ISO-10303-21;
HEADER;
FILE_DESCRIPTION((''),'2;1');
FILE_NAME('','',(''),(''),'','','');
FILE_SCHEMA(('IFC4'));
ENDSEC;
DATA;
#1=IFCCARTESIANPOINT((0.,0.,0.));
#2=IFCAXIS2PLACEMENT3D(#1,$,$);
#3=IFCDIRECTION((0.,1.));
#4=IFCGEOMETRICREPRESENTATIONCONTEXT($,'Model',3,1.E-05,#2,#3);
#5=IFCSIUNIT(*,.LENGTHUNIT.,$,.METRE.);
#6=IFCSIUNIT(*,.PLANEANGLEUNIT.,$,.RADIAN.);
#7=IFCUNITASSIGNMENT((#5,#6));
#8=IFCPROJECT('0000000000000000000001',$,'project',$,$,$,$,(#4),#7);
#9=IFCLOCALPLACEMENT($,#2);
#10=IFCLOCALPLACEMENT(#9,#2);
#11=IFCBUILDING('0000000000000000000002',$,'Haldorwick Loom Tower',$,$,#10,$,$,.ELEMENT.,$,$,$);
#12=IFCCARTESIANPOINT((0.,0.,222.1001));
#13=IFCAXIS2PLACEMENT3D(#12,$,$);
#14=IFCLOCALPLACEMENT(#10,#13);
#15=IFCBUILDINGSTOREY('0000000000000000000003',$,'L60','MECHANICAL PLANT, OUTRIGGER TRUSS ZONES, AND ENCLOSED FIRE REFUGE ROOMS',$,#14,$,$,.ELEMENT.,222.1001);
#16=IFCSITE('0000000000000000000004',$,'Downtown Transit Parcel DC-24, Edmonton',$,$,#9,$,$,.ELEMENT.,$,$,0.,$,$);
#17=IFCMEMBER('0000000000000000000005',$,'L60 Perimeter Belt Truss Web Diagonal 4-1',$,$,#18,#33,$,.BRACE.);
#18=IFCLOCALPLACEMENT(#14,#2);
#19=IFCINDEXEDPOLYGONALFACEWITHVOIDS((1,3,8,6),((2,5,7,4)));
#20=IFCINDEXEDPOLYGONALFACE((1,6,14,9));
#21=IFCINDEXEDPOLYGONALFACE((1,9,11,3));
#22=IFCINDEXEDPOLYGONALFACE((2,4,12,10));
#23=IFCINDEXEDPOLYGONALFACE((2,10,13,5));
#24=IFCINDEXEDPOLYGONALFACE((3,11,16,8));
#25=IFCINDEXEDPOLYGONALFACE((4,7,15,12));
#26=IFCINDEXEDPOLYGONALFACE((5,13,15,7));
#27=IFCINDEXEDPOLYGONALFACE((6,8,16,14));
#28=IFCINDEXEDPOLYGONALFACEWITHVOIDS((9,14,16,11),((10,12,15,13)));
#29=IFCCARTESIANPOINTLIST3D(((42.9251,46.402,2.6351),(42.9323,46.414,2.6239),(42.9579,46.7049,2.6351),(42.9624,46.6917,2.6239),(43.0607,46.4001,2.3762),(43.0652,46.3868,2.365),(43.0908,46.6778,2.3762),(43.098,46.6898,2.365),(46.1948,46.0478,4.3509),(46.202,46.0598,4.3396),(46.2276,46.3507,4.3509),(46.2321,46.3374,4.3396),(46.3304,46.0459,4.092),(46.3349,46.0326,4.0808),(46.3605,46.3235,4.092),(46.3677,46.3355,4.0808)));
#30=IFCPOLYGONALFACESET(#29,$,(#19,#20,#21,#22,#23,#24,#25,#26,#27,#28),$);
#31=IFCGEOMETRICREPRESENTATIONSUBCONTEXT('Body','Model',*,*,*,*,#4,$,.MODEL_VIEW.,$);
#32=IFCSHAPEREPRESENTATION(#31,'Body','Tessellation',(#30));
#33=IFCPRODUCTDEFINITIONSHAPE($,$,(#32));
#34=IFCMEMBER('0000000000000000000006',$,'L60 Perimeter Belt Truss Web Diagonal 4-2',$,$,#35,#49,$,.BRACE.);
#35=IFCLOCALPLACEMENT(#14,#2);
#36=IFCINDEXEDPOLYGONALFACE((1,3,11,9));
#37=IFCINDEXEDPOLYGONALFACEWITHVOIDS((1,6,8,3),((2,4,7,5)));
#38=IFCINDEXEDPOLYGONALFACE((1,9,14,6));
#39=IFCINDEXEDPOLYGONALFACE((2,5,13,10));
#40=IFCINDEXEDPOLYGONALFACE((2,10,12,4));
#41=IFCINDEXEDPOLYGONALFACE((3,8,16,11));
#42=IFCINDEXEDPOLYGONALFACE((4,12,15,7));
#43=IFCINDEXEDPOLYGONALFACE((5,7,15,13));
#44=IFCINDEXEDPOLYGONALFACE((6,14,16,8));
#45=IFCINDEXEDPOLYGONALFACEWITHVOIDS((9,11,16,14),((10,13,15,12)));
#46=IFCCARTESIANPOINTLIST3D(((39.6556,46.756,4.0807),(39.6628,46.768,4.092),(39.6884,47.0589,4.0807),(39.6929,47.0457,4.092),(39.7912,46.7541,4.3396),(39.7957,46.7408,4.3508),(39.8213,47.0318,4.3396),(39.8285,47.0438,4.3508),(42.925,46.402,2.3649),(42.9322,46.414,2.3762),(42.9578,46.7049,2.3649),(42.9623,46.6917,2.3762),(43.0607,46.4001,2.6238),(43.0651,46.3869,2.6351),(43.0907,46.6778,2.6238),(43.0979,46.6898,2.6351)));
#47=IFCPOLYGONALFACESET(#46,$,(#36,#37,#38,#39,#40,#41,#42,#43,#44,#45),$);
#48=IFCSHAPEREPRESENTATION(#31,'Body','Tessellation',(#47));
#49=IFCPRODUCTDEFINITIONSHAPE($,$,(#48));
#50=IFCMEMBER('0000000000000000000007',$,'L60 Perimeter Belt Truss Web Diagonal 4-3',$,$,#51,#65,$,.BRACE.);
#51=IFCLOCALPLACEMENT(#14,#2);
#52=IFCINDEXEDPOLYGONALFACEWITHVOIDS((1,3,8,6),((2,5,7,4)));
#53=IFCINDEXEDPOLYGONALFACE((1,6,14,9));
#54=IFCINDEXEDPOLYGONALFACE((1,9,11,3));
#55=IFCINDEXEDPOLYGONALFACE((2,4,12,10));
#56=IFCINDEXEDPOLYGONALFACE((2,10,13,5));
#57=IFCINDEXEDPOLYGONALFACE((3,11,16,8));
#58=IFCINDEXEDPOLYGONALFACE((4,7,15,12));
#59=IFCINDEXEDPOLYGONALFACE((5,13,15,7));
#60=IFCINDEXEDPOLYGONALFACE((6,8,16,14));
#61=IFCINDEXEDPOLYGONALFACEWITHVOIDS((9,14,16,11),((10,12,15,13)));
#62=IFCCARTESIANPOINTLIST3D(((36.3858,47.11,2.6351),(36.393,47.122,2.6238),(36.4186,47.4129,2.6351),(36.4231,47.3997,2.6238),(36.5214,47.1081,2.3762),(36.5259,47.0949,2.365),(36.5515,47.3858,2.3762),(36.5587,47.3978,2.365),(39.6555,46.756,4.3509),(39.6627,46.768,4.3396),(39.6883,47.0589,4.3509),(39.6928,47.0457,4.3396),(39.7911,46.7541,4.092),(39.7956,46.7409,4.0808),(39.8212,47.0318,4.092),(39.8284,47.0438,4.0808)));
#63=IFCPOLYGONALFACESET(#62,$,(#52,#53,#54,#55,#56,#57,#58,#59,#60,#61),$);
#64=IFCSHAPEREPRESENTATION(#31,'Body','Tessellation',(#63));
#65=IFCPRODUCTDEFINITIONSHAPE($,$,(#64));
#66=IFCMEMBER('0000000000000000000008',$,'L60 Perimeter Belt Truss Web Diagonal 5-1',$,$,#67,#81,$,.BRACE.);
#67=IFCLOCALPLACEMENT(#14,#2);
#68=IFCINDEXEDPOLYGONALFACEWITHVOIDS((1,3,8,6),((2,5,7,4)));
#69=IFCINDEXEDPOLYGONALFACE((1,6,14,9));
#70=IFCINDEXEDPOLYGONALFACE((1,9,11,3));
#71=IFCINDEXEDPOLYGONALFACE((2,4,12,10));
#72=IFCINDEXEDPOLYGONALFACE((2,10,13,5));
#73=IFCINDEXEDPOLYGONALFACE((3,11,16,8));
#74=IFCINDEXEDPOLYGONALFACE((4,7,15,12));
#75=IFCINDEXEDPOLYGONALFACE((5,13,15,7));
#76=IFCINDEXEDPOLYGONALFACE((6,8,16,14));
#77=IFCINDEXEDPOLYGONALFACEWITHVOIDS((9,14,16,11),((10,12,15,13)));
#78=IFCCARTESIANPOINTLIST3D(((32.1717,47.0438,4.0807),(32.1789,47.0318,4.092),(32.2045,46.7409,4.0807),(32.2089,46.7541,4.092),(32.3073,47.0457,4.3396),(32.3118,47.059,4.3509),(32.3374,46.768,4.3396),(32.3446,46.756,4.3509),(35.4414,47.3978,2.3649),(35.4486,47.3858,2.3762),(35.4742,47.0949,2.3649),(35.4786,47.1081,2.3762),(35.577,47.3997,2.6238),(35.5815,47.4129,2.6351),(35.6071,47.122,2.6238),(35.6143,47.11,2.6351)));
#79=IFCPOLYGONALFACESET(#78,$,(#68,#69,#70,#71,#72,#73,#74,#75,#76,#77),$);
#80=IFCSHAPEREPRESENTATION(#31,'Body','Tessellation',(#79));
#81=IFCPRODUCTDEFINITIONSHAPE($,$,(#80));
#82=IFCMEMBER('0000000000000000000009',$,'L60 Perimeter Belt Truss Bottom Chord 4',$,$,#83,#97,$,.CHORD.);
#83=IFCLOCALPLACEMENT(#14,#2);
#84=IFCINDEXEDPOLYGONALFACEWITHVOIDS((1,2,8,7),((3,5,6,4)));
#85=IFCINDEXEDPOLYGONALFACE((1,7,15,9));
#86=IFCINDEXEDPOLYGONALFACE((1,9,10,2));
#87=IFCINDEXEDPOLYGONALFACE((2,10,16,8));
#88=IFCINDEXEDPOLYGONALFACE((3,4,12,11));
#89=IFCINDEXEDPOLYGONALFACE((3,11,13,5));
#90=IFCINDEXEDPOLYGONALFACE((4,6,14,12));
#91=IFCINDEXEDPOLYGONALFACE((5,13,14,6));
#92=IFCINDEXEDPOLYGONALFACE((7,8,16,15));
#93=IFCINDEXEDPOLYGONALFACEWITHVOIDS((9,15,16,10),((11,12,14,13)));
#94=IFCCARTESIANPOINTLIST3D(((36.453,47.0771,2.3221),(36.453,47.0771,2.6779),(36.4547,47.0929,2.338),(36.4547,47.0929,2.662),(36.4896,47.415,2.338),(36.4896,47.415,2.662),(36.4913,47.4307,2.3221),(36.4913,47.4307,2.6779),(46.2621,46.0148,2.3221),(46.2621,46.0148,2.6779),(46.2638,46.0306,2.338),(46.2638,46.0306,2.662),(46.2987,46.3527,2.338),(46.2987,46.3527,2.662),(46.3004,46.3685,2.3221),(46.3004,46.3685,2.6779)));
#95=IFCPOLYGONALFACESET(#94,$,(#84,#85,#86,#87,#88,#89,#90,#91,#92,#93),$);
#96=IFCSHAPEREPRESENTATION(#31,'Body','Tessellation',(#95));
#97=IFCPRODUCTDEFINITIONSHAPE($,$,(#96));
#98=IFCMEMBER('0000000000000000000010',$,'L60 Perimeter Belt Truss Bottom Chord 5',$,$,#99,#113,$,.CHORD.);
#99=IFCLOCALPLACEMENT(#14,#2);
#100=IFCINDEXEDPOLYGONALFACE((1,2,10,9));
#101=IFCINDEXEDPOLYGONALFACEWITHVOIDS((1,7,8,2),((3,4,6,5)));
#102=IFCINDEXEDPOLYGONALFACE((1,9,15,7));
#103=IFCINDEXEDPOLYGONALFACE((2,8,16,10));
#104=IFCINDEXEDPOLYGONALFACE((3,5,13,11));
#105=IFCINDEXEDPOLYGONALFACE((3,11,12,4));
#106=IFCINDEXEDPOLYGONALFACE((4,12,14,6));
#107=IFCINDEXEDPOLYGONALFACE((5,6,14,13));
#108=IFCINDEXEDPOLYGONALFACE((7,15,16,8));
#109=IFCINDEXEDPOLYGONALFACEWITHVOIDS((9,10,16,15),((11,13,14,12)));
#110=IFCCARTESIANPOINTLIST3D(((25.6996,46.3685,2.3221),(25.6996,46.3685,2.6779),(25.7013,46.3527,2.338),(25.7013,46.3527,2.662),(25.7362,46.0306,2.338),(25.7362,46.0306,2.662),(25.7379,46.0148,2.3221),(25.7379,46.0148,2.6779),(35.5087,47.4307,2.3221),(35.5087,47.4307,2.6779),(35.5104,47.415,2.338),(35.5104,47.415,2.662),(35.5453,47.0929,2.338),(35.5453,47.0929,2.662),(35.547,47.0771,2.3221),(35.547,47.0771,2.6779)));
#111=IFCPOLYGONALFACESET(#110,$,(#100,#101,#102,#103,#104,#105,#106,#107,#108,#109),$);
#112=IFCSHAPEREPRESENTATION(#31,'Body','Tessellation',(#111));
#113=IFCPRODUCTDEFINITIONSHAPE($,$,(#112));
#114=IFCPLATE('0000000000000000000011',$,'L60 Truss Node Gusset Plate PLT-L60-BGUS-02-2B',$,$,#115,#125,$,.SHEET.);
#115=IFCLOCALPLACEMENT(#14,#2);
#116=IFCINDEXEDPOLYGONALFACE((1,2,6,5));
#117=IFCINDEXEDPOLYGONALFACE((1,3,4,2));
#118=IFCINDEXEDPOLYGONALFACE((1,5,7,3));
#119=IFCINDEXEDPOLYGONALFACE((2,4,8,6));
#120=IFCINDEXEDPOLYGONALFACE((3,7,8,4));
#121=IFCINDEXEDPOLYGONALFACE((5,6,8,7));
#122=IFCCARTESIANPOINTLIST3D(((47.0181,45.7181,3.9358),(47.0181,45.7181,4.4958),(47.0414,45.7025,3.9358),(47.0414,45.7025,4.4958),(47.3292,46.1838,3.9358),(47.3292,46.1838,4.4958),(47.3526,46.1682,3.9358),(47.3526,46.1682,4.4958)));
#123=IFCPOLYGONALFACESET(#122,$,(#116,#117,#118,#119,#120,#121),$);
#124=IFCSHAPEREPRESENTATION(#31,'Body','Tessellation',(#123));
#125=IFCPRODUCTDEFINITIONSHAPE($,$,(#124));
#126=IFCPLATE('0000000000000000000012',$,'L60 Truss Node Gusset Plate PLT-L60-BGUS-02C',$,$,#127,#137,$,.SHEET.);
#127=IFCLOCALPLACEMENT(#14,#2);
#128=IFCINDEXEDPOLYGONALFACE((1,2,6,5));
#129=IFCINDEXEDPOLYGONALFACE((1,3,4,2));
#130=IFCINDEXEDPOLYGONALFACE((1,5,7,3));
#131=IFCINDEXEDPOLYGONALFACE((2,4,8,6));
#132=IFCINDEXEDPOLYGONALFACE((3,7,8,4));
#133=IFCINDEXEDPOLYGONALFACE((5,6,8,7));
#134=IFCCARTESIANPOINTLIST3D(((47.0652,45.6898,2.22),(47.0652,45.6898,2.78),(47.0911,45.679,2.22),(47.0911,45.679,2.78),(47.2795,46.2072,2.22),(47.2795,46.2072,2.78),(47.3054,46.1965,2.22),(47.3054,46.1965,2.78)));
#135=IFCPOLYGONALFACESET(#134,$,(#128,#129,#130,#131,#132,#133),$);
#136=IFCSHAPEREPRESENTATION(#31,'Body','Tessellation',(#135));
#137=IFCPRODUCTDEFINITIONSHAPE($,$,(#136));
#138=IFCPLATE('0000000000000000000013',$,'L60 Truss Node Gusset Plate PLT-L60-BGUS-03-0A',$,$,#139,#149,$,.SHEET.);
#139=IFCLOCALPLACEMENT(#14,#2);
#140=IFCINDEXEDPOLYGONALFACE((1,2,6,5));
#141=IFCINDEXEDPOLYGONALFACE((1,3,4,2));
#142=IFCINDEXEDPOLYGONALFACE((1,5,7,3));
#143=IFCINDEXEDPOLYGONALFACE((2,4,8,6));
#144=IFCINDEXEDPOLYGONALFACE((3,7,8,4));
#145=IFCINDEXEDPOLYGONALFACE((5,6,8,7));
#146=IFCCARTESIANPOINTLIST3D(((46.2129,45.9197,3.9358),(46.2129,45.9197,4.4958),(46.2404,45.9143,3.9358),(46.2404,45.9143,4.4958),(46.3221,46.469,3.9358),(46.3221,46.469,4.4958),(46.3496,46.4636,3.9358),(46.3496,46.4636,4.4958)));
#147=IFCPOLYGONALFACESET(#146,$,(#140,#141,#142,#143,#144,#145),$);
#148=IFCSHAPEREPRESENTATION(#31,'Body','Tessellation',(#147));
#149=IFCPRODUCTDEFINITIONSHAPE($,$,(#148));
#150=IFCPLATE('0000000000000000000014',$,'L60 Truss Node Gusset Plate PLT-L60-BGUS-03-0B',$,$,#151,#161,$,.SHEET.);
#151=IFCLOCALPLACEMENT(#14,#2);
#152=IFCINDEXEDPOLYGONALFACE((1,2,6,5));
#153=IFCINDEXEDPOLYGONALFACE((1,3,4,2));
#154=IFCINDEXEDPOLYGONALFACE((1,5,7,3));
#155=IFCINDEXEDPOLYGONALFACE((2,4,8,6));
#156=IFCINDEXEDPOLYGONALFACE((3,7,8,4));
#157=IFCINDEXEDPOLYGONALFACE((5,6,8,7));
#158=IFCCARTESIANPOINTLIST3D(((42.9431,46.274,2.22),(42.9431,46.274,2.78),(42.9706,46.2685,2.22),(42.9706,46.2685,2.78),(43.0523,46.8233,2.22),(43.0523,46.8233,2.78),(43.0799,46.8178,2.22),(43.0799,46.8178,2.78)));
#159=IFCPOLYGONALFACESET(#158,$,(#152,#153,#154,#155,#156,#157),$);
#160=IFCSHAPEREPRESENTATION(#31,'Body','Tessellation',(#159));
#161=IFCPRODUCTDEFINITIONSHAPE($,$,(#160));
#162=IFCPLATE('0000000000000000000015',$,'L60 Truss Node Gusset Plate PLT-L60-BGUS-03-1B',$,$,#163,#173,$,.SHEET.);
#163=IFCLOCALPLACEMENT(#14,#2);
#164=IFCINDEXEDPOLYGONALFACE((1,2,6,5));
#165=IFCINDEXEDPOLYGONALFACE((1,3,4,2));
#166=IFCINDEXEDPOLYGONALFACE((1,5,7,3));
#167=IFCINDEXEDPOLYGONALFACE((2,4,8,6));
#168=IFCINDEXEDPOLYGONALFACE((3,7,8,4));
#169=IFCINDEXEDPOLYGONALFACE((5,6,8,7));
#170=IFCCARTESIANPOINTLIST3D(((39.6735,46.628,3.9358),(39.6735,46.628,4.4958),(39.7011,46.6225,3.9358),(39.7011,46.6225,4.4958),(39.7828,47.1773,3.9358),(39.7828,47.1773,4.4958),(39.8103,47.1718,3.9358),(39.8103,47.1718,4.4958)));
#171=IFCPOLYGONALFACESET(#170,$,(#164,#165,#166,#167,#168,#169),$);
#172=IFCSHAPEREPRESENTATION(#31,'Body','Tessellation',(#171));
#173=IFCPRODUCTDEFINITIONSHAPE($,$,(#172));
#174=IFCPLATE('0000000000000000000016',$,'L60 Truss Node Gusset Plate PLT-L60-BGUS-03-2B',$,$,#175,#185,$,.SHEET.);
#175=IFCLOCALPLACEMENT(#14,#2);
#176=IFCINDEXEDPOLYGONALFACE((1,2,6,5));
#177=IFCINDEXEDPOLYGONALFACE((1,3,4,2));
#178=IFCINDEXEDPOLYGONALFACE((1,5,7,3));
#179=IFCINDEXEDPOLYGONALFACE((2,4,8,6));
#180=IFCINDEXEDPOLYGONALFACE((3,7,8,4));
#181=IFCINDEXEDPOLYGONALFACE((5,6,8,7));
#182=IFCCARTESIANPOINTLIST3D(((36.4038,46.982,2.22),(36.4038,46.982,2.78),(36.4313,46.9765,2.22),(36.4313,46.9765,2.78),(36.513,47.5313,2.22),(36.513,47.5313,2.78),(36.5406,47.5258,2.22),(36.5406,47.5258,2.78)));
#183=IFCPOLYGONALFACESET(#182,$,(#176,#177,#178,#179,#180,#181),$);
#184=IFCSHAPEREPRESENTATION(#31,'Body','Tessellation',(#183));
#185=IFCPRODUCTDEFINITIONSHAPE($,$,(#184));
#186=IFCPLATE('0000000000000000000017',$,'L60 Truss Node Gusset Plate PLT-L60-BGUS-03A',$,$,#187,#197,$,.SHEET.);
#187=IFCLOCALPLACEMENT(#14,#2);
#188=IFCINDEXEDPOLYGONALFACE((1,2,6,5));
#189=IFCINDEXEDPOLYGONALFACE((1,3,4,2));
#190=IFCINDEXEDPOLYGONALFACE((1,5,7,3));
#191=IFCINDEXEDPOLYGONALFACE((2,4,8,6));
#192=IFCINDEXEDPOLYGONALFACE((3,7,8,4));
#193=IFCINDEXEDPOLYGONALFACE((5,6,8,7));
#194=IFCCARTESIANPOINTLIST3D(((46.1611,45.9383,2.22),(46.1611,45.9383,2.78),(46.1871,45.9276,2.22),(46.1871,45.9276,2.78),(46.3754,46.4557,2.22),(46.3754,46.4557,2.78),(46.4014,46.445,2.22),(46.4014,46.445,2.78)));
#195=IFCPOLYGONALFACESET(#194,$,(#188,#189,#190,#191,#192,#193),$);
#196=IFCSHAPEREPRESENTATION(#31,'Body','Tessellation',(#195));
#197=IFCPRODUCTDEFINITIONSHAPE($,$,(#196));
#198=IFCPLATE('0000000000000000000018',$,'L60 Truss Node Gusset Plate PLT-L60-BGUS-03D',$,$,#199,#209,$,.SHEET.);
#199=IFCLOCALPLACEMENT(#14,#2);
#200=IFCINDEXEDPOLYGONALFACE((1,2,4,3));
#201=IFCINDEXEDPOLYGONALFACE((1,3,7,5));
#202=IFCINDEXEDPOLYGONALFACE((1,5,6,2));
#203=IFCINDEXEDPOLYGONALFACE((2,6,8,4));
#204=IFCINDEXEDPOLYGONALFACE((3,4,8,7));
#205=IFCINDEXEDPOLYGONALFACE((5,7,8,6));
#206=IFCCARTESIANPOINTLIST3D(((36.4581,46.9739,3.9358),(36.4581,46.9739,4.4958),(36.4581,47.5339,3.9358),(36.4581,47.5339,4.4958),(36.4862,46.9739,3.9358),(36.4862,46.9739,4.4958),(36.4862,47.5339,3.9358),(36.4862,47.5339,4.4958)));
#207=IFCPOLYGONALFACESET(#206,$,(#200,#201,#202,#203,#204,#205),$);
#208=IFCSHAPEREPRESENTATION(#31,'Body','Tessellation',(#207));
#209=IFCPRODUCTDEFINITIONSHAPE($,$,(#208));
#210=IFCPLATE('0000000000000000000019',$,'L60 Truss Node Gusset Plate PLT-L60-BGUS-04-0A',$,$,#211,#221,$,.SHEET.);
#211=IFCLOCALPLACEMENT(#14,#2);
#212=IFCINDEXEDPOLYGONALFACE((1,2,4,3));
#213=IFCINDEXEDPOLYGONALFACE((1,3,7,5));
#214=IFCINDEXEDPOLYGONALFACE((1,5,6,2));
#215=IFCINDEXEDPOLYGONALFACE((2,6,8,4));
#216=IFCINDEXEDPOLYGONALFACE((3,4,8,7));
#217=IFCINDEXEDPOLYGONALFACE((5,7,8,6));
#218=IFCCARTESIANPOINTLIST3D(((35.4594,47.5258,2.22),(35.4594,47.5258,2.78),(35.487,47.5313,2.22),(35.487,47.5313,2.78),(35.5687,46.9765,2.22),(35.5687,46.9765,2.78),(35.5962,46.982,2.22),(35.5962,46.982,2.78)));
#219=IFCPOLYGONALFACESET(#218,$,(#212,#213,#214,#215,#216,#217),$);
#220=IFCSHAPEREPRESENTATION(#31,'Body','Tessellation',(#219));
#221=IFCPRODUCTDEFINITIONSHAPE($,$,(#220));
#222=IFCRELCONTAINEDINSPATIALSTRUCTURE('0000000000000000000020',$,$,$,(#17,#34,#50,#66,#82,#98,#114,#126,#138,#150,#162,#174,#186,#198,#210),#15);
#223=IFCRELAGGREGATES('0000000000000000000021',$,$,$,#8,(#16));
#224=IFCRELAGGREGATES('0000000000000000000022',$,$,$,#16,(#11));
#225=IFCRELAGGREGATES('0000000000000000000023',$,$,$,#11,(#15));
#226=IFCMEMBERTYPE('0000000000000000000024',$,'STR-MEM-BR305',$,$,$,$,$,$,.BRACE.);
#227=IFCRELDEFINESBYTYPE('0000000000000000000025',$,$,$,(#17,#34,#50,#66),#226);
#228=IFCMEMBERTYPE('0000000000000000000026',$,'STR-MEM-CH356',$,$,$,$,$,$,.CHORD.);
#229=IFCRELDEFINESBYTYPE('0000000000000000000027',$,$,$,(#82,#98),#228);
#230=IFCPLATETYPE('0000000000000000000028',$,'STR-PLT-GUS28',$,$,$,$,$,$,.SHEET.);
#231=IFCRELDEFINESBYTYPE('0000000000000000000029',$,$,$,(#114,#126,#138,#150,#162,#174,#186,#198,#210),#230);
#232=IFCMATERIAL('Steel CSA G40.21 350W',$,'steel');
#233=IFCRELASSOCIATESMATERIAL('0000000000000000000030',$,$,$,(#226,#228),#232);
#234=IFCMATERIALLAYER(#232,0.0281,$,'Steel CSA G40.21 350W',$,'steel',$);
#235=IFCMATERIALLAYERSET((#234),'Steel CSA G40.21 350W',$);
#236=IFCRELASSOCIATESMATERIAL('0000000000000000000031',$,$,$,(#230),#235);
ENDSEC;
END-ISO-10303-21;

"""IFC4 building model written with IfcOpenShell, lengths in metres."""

from ifc_helpers import new_model, si_unit, direction, frame, origin, origin_2d, place, context, subcontext, project, spatial, rectangle, hollow_rectangle, extrude, material, layer, layer_set, material_profile, profile_set, type_object, element, save


model = new_model("IFC4")

# Units and contexts
model_context = context("Model", 3, precision=1e-05, world=origin(), true_north=direction((0.0, 1.0)))
body_context = subcontext(model_context, "Body", "Model", "MODEL_VIEW")
ifc_project = project(units=[si_unit("LENGTHUNIT", "METRE"), si_unit("PLANEANGLEUNIT", "RADIAN")], contexts=[model_context])

# Site, building, storey
site_placement = place(None, origin())
site = spatial("IfcSite", under=ifc_project, at=site_placement, Name="Downtown Transit Parcel DC-24, Edmonton", CompositionType="ELEMENT", RefElevation=0.0)
building_placement = place(site_placement, origin())
building = spatial("IfcBuilding", under=site, at=building_placement, Name="Haldorwick Loom Tower", CompositionType="ELEMENT")
storey_placement = place(building_placement, frame((0.0, 0.0, 222.1001)))
storey = spatial("IfcBuildingStorey", under=building, at=storey_placement, Name="L60", Description="MECHANICAL PLANT, OUTRIGGER TRUSS ZONES, AND ENCLOSED FIRE REFUGE ROOMS", CompositionType="ELEMENT", Elevation=222.1001)

# Shared definitions
ifc_material_1 = material(Name="Steel CSA G40.21 350W", Category="steel")

# Members
ifc_material_profile_1 = material_profile(ifc_material_1, hollow_rectangle(XDim=0.3047, YDim=0.3047, WallThickness=0.0127, at=origin_2d()), Name="HSS305X305X13", Category="steel")
ifc_profile_set_1 = profile_set([ifc_material_profile_1], Name="Steel CSA G40.21 350W")
member_type_1 = type_object("IfcMemberType", Name="STR-MEM-BR305", PredefinedType="BRACE", material=ifc_profile_set_1)
member_1_placement = place(storey_placement, frame((46.2812, 46.1917, 4.2158), z_axis=(-0.881442, 0.095496, -0.462538), x_axis=(-0.10771, -0.994182, 0.0)))
element("IfcMember", 1, at=member_1_placement, inside=storey, type_object=member_type_1, Name="L60 Perimeter Belt Truss Web Diagonal 4-1", PredefinedType="BRACE", context=body_context, shape_type="SweptSolid", body=[
    extrude(hollow_rectangle(XDim=0.3047, YDim=0.3047, WallThickness=0.0127, at=origin_2d()), origin(), (0.0, 0.0, 1.0), 3.7095),
])
member_2_placement = place(storey_placement, frame((43.0115, 46.5459, 2.5), z_axis=(-0.881432, 0.095436, 0.462568), x_axis=(-0.107644, -0.994189, 0.0)))
element("IfcMember", 2, at=member_2_placement, inside=storey, type_object=member_type_1, Name="L60 Perimeter Belt Truss Web Diagonal 4-2", PredefinedType="BRACE", context=body_context, shape_type="SweptSolid", body=[
    extrude(hollow_rectangle(XDim=0.3047, YDim=0.3047, WallThickness=0.0127, at=origin_2d()), origin(), (0.0, 0.0, 1.0), 3.7092),
])
for number, where, z_axis, x_axis, name in (
    (3, (39.7419, 46.8999, 4.2158), (-0.881447, 0.09543, -0.462541), (-0.107637, -0.99419, 0.0), "L60 Perimeter Belt Truss Web Diagonal 4-3"),
    (4, (35.5278, 47.2539, 2.5), (-0.881447, -0.09543, 0.462541), (0.107637, -0.99419, 0.0), "L60 Perimeter Belt Truss Web Diagonal 5-1"),
):
    element("IfcMember", number, at=place(storey_placement, frame(where, z_axis=z_axis, x_axis=x_axis)), inside=storey, type_object=member_type_1, Name=name, PredefinedType="BRACE", context=body_context, shape_type="SweptSolid", body=[
        extrude(hollow_rectangle(XDim=0.3047, YDim=0.3047, WallThickness=0.0127, at=origin_2d()), origin(), (0.0, 0.0, 1.0), 3.7095),
    ])
ifc_material_profile_2 = material_profile(ifc_material_1, hollow_rectangle(XDim=0.3557, YDim=0.3557, WallThickness=0.0159, at=origin_2d()), Name="HSS356X356X16", Category="steel")
ifc_profile_set_2 = profile_set([ifc_material_profile_2], Name="Steel CSA G40.21 350W")
member_type_2 = type_object("IfcMemberType", Name="STR-MEM-CH356", PredefinedType="CHORD", material=ifc_profile_set_2)
for number, where, z_axis, x_axis, name in (
    (5, (46.2812, 46.1917, 2.5), (-0.994187, 0.107664, 0.0), (-0.107664, -0.994187, 0.0), "L60 Perimeter Belt Truss Bottom Chord 4"),
    (6, (35.5278, 47.2539, 2.5), (-0.994187, -0.107664, 0.0), (0.107664, -0.994187, 0.0), "L60 Perimeter Belt Truss Bottom Chord 5"),
):
    element("IfcMember", number, at=place(storey_placement, frame(where, z_axis=z_axis, x_axis=x_axis)), inside=storey, type_object=member_type_2, Name=name, PredefinedType="CHORD", context=body_context, shape_type="SweptSolid", body=[
        extrude(hollow_rectangle(XDim=0.3557, YDim=0.3557, WallThickness=0.0159, at=origin_2d()), origin(), (0.0, 0.0, 1.0), 9.8665),
    ])

# Plates
ifc_layer_1 = layer(ifc_material_1, 0.0281, Name="Steel CSA G40.21 350W", Category="steel")
ifc_layer_set_1 = layer_set([ifc_layer_1], Name="Steel CSA G40.21 350W")
plate_type = type_object("IfcPlateType", Name="STR-PLT-GUS28", PredefinedType="SHEET", material=ifc_layer_set_1)
for number, where, z_axis, x_axis, name in (
    (7, (47.1853, 45.9431, 3.9358), (0.0, 0.0, 1.0), (0.55557, 0.83147, 0.0), "L60 Truss Node Gusset Plate PLT-L60-BGUS-02-2B"),
    (8, (47.1853, 45.9431, 2.22), (0.0, 0.0, 1.0), (0.382683, 0.92388, 0.0), "L60 Truss Node Gusset Plate PLT-L60-BGUS-02C"),
    (9, (46.2812, 46.1917, 3.9358), (0.0, 0.0, 1.0), (0.19509, 0.980785, 0.0), "L60 Truss Node Gusset Plate PLT-L60-BGUS-03-0A"),
    (10, (43.0115, 46.5459, 2.22), (0.0, 0.0, 1.0), (0.19509, 0.980785, 0.0), "L60 Truss Node Gusset Plate PLT-L60-BGUS-03-0B"),
    (11, (39.7419, 46.8999, 3.9358), (0.0, 0.0, 1.0), (0.19509, 0.980785, 0.0), "L60 Truss Node Gusset Plate PLT-L60-BGUS-03-1B"),
    (12, (36.4722, 47.2539, 2.22), (0.0, 0.0, 1.0), (0.19509, 0.980785, 0.0), "L60 Truss Node Gusset Plate PLT-L60-BGUS-03-2B"),
    (13, (46.2812, 46.1917, 2.22), (0.0, 0.0, 1.0), (0.382683, 0.92388, 0.0), "L60 Truss Node Gusset Plate PLT-L60-BGUS-03A"),
    (14, (36.4722, 47.2539, 3.9358), (0.0, 0.0, 1.0), (0.0, 1.0, 0.0), "L60 Truss Node Gusset Plate PLT-L60-BGUS-03D"),
    (15, (35.5278, 47.2539, 2.22), (0.0, 0.0, 1.0), (-0.19509, 0.980785, 0.0), "L60 Truss Node Gusset Plate PLT-L60-BGUS-04-0A"),
):
    element("IfcPlate", number, at=place(storey_placement, frame(where, z_axis=z_axis, x_axis=x_axis)), inside=storey, type_object=plate_type, Name=name, PredefinedType="SHEET", context=body_context, shape_type="SweptSolid", body=[
        extrude(rectangle(XDim=0.5601, YDim=0.0281, at=origin_2d()), origin(), (0.0, 0.0, 1.0), 0.5601),
    ])

save(model, "model.ifc")
